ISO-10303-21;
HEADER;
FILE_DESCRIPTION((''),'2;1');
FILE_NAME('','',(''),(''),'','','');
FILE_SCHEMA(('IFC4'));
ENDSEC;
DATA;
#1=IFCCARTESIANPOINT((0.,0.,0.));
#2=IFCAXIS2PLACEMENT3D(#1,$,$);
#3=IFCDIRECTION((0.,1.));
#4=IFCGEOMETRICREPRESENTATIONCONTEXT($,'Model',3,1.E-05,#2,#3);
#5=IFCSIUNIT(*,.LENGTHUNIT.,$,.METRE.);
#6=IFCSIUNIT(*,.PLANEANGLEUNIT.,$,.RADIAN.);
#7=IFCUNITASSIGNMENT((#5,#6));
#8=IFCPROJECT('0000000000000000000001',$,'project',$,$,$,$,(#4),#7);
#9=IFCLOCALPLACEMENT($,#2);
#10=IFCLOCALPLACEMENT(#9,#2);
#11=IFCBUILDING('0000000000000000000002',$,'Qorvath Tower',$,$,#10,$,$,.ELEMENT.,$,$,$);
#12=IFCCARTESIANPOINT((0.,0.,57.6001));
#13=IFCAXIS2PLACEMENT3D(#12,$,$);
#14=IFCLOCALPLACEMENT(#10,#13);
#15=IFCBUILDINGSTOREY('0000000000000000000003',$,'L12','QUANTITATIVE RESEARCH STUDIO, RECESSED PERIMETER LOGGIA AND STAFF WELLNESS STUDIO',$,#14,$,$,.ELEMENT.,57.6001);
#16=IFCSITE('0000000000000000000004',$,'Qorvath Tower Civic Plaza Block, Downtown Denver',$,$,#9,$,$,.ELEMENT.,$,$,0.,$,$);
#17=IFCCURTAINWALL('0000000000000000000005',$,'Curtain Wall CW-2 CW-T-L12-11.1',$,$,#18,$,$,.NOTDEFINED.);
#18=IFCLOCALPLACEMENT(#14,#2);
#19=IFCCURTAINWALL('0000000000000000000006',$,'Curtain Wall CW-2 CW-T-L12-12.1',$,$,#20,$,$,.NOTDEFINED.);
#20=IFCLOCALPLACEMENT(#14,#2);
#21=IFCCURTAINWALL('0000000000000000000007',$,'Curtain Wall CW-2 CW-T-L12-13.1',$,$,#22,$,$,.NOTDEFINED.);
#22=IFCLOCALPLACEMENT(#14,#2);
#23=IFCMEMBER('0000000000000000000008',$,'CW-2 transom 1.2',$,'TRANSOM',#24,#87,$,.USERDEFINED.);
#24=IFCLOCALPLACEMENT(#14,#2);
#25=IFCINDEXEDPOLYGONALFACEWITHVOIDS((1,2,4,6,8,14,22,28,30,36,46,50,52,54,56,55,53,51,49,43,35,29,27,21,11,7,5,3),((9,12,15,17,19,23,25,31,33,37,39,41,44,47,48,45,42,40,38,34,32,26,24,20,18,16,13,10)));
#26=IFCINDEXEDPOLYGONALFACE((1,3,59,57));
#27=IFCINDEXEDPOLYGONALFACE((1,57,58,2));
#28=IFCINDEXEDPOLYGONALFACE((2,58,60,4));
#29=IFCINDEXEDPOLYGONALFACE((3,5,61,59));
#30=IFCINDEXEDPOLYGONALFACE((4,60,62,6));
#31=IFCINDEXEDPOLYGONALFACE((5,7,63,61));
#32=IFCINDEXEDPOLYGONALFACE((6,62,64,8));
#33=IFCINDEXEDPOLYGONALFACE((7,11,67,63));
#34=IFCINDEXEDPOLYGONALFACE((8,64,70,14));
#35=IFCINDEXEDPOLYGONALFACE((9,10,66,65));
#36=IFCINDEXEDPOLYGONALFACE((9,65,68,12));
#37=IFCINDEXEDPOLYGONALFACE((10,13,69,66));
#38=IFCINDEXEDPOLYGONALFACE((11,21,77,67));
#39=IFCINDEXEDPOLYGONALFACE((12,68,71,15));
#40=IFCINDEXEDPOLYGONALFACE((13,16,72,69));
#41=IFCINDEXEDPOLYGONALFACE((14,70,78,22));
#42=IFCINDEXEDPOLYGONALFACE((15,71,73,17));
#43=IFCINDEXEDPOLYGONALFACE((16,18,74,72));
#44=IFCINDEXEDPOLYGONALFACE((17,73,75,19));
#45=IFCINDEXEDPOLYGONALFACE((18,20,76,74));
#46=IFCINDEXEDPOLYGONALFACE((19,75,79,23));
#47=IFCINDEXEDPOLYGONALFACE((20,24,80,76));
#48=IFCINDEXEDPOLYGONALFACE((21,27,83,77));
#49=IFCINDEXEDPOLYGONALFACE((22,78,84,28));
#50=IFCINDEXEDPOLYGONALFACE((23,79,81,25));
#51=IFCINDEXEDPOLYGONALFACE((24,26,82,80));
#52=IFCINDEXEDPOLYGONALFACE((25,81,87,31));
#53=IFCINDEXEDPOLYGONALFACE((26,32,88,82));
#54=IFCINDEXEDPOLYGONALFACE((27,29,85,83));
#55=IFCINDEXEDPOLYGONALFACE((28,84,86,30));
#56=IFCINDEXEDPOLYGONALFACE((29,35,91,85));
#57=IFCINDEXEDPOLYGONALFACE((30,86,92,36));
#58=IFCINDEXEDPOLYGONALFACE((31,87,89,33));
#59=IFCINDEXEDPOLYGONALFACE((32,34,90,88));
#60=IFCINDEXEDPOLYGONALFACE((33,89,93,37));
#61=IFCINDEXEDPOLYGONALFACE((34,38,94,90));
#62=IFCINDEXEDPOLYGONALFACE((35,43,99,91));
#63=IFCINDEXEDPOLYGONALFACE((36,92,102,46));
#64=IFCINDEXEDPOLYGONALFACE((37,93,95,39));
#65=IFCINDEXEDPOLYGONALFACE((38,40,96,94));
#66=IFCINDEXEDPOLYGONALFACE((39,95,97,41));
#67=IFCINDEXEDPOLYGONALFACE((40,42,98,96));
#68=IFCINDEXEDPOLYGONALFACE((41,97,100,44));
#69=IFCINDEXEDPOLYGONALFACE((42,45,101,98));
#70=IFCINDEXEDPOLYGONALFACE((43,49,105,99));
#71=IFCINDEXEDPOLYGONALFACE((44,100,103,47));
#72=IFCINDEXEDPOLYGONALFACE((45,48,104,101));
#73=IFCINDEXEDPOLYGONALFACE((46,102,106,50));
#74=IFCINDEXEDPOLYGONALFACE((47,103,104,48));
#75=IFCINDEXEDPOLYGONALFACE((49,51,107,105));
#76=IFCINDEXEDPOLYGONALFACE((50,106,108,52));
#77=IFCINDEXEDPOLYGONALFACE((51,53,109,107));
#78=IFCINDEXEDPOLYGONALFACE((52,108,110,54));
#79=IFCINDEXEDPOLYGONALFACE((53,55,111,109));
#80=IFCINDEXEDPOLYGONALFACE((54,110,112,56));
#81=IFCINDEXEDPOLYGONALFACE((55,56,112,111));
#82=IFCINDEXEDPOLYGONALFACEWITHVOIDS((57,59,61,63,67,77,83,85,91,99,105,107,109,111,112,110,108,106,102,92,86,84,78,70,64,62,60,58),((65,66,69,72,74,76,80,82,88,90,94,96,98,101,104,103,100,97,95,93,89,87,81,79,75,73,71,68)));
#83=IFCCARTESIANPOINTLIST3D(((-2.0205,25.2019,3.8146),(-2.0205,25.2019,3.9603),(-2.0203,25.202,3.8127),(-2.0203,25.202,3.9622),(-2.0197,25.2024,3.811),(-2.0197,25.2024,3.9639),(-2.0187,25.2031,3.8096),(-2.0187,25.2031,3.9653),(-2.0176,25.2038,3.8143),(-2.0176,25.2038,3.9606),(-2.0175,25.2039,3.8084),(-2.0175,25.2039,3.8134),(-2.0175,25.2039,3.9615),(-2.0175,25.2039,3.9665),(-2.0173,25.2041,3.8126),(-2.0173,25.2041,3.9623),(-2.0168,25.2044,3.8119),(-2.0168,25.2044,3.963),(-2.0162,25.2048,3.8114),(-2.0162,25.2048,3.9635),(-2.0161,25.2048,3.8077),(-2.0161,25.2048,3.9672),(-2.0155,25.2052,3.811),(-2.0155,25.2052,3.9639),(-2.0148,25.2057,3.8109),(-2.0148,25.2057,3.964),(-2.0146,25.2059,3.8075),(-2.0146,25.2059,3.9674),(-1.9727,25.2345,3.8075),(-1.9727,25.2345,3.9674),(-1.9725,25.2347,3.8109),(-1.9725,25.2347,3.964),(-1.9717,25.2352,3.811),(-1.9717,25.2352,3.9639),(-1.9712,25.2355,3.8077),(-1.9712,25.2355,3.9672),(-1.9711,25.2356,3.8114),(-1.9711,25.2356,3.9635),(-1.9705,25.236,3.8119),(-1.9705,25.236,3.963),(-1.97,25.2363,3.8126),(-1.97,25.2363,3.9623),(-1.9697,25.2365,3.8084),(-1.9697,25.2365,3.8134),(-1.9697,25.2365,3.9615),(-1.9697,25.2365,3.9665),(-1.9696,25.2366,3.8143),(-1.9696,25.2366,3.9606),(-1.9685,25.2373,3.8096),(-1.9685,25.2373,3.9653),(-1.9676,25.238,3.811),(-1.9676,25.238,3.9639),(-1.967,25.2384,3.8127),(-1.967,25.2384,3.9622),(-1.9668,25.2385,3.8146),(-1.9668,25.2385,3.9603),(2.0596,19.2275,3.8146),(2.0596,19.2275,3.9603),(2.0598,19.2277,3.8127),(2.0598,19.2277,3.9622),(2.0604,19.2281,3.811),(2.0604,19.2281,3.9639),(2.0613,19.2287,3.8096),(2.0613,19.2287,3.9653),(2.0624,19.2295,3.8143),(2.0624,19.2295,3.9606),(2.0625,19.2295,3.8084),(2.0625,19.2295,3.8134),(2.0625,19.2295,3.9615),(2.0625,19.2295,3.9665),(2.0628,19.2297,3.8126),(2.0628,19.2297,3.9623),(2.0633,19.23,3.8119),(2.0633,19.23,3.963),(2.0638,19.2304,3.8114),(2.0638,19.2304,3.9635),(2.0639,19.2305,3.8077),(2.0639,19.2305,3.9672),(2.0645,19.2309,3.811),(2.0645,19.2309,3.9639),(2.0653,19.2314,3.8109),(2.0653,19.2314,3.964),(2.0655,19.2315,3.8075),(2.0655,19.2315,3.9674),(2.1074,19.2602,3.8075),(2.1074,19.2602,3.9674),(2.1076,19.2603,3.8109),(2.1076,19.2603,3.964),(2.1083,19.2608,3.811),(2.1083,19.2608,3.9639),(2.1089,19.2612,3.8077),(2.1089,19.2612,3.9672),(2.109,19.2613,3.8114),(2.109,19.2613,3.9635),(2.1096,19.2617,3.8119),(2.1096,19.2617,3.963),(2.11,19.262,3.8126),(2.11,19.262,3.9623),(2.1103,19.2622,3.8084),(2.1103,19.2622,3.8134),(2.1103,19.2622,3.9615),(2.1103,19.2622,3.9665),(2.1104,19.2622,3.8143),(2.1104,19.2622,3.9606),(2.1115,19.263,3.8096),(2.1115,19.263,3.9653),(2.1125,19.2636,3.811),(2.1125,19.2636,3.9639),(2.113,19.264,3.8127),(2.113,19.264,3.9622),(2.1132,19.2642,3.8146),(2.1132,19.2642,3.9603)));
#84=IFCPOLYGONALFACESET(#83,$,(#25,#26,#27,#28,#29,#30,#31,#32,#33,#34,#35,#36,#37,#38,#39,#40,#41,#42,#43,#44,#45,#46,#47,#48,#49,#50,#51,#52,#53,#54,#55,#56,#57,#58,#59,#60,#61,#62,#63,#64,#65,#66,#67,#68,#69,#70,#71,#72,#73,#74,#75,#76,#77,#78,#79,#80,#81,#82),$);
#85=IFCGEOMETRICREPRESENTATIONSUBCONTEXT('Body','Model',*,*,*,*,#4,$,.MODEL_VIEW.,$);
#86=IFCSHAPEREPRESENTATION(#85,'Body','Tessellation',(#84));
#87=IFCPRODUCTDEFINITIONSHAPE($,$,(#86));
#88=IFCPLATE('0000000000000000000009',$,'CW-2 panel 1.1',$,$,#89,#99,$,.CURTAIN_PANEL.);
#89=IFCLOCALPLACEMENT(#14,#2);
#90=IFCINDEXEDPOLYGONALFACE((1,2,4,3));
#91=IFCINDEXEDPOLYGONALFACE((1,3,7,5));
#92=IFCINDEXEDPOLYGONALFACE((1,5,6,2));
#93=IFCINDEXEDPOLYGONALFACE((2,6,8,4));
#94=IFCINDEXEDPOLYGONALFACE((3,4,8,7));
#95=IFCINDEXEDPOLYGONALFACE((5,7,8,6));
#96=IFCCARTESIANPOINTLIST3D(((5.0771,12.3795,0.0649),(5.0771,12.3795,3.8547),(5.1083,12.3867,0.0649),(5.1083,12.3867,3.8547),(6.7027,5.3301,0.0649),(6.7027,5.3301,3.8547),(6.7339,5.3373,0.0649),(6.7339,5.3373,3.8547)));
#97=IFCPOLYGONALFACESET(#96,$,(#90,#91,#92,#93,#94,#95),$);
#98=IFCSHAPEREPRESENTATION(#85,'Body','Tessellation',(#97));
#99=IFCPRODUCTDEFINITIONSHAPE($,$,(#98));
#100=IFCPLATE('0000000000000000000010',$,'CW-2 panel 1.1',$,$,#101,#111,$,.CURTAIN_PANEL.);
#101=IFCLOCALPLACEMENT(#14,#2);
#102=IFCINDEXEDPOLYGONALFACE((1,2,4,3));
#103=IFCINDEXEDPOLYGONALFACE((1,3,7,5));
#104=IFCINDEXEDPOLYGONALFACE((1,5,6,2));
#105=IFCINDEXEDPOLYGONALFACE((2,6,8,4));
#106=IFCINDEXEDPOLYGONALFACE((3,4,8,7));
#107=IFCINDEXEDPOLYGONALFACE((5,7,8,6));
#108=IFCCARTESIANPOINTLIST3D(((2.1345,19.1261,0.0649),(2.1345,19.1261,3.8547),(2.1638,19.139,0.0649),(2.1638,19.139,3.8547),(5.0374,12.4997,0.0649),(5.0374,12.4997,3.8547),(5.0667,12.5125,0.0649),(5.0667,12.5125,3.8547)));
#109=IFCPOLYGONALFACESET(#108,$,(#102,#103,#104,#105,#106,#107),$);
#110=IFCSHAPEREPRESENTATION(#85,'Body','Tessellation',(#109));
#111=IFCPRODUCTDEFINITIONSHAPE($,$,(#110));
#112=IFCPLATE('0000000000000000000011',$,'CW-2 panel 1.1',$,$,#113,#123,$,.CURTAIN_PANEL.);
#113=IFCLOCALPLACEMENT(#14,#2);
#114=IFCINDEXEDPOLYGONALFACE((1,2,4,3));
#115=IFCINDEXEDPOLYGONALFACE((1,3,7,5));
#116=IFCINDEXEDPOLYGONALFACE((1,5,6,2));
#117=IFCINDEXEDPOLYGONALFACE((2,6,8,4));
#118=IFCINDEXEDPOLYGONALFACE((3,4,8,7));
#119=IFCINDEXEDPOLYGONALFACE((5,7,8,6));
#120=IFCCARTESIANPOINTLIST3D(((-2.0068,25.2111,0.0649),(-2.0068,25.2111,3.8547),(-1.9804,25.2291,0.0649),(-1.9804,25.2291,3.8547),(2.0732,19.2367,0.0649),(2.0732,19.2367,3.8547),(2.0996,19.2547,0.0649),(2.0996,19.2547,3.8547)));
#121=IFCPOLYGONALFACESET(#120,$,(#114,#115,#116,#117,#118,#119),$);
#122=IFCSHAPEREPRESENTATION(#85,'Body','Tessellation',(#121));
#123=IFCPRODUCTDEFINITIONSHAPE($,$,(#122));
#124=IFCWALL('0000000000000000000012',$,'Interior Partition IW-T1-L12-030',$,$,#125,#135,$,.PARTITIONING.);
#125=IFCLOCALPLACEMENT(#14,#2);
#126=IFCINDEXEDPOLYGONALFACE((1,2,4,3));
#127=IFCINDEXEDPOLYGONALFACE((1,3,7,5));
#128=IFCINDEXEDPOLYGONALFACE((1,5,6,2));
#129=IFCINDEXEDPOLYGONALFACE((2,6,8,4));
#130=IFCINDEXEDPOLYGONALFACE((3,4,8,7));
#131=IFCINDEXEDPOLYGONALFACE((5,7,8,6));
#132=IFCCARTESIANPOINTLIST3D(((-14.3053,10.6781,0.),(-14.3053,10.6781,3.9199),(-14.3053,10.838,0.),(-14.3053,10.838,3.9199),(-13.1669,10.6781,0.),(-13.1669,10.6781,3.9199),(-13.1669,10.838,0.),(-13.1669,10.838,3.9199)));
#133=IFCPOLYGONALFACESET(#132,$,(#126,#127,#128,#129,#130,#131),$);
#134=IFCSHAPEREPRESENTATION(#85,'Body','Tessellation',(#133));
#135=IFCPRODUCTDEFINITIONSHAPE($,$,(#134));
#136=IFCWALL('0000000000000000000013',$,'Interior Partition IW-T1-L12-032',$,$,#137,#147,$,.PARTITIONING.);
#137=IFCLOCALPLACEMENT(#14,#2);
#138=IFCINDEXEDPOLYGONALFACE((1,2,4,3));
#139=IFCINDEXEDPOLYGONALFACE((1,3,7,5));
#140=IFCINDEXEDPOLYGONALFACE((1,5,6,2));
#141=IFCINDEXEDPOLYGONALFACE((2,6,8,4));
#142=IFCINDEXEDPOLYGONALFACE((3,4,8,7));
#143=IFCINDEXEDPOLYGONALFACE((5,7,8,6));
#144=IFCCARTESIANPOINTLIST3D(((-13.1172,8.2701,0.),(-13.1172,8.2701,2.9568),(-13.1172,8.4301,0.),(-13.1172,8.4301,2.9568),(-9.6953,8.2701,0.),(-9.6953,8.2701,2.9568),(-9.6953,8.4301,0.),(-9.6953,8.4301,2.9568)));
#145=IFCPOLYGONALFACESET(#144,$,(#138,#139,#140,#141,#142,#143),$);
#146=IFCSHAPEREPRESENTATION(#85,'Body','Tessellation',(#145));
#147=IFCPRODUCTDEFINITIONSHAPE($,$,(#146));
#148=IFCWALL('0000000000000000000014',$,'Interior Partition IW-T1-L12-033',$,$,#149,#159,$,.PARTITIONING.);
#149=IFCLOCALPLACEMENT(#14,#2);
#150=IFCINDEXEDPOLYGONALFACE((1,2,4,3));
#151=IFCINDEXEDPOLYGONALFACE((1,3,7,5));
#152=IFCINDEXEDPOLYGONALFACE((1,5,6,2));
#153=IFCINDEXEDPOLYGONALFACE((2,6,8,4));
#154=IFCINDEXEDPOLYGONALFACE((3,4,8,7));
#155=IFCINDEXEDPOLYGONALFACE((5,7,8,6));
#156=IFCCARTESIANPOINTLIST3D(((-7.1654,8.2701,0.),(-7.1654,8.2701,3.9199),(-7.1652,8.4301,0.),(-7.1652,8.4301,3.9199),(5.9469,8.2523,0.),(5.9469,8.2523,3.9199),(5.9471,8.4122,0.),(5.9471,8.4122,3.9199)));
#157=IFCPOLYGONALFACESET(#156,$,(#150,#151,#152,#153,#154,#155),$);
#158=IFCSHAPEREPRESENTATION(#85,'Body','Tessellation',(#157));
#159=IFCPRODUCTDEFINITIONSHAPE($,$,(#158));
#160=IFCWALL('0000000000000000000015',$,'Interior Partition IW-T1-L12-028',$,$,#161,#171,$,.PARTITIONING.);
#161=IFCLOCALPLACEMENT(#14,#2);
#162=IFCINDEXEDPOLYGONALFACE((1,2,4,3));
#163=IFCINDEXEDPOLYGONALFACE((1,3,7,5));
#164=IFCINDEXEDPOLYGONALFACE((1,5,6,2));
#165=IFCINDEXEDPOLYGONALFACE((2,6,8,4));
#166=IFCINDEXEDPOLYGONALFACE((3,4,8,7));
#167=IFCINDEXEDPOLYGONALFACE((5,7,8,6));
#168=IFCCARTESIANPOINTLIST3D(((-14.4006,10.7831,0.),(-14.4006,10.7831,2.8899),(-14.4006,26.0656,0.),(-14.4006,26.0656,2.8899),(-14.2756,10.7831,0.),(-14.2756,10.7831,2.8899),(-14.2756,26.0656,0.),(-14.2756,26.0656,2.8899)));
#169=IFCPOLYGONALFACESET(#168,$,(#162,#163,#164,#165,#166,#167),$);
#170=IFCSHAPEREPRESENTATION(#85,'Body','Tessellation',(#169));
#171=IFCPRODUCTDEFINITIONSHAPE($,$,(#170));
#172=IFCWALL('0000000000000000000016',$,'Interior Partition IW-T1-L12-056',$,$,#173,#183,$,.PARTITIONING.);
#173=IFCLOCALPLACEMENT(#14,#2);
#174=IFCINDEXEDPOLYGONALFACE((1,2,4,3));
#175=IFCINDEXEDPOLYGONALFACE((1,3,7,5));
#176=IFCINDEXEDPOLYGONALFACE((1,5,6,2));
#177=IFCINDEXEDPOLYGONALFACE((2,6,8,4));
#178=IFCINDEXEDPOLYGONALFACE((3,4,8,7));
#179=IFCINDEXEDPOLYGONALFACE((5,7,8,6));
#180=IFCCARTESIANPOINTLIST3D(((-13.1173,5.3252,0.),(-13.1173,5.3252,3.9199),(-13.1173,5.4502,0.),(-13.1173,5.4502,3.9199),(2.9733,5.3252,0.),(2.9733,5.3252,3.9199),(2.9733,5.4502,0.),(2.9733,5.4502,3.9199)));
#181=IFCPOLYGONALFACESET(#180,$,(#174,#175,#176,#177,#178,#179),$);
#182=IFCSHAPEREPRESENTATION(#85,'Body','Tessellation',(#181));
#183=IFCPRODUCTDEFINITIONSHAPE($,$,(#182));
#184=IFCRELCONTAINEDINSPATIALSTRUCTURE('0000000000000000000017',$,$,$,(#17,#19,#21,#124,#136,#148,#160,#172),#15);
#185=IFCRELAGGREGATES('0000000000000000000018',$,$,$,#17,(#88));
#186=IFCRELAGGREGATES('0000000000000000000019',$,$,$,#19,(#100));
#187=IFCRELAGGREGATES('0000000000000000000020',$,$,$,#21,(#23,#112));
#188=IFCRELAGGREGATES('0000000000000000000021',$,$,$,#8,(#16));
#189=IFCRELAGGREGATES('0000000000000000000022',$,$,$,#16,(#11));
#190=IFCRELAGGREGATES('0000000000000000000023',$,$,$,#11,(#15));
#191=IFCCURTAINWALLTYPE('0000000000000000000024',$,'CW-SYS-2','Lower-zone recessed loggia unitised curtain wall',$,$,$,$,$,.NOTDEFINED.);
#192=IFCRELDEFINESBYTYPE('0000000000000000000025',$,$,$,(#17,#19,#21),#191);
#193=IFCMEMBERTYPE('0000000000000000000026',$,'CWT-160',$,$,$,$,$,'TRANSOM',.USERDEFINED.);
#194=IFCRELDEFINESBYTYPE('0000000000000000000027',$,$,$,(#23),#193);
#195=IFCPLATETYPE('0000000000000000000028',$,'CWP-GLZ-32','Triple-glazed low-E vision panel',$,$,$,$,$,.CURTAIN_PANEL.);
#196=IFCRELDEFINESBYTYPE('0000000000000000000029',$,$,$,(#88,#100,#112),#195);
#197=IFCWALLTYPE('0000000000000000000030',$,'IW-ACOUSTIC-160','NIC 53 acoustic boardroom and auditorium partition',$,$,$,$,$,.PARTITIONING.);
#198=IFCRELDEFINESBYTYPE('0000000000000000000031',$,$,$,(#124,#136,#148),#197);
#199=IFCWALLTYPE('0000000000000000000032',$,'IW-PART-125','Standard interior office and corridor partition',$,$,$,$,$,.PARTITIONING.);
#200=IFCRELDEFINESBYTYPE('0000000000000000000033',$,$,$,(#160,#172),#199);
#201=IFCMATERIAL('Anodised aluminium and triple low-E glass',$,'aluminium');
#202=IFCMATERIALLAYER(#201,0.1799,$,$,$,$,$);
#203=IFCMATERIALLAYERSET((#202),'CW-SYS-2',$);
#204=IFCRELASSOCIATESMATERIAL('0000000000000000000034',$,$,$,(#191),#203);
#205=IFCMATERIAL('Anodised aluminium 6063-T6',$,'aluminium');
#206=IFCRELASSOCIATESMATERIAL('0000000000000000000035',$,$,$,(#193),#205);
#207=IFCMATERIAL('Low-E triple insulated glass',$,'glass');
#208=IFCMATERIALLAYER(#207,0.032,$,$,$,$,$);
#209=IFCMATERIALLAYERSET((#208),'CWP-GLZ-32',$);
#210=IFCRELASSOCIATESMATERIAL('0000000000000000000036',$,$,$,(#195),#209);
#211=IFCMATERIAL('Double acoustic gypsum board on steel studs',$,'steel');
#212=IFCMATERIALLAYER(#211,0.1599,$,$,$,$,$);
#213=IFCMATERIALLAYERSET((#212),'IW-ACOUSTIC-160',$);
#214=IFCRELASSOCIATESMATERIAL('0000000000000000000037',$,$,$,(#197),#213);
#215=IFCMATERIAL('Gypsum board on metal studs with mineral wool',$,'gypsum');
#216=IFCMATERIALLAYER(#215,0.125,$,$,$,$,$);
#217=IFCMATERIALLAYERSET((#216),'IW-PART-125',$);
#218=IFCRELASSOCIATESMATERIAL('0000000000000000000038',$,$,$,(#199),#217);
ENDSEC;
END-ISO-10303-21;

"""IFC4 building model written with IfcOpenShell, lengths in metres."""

from ifc_helpers import new_model, si_unit, direction, frame, frame_2d, origin, origin_2d, place, context, subcontext, project, spatial, rectangle, hollow_rectangle, extrude, material, layer, layer_set, material_profile, profile_set, type_object, element, aggregate, save


model = new_model("IFC4")

# Units and contexts
model_context = context("Model", 3, precision=1e-05, world=origin(), true_north=direction((0.0, 1.0)))
body_context = subcontext(model_context, "Body", "Model", "MODEL_VIEW")
ifc_project = project(units=[si_unit("LENGTHUNIT", "METRE"), si_unit("PLANEANGLEUNIT", "RADIAN")], contexts=[model_context])

# Site, building, storey
site_placement = place(None, origin())
site = spatial("IfcSite", under=ifc_project, at=site_placement, Name="Qorvath Tower Civic Plaza Block, Downtown Denver", CompositionType="ELEMENT", RefElevation=0.0)
building_placement = place(site_placement, origin())
building = spatial("IfcBuilding", under=site, at=building_placement, Name="Qorvath Tower", CompositionType="ELEMENT")
storey_placement = place(building_placement, frame((0.0, 0.0, 57.6001)))
storey = spatial("IfcBuildingStorey", under=building, at=storey_placement, Name="L12", Description="QUANTITATIVE RESEARCH STUDIO, RECESSED PERIMETER LOGGIA AND STAFF WELLNESS STUDIO", CompositionType="ELEMENT", Elevation=57.6001)

# Curtain wall
ifc_material_1 = material(Name="Anodised aluminium and triple low-E glass", Category="aluminium")
ifc_layer_1 = layer(ifc_material_1, 0.1799)
ifc_layer_set_1 = layer_set([ifc_layer_1], Name="CW-SYS-2")
curtain_wall_type = type_object("IfcCurtainWallType", Name="CW-SYS-2", Description="Lower-zone recessed loggia unitised curtain wall", PredefinedType="NOTDEFINED", material=ifc_layer_set_1)
curtain_wall_1_placement = place(storey_placement, origin())
curtain_wall_1 = element("IfcCurtainWall", 1, at=curtain_wall_1_placement, inside=storey, type_object=curtain_wall_type, Name="Curtain Wall CW-2 CW-T-L12-11.1", PredefinedType="NOTDEFINED")

# Curtain wall
curtain_wall_2_placement = place(storey_placement, origin())
curtain_wall_2 = element("IfcCurtainWall", 2, at=curtain_wall_2_placement, inside=storey, type_object=curtain_wall_type, Name="Curtain Wall CW-2 CW-T-L12-12.1", PredefinedType="NOTDEFINED")

# Curtain wall
curtain_wall_3_placement = place(storey_placement, origin())
curtain_wall_3 = element("IfcCurtainWall", 3, at=curtain_wall_3_placement, inside=storey, type_object=curtain_wall_type, Name="Curtain Wall CW-2 CW-T-L12-13.1", PredefinedType="NOTDEFINED")

# Member
ifc_material_2 = material(Name="Anodised aluminium 6063-T6", Category="aluminium")
ifc_material_profile_1 = material_profile(ifc_material_2, hollow_rectangle(XDim=0.0649, YDim=0.1599, WallThickness=0.0034, InnerFilletRadius=0.0034, OuterFilletRadius=0.0071, at=origin_2d()), Name="CWT 160x65")
ifc_profile_set_1 = profile_set([ifc_material_profile_1], Name="Anodised aluminium 6063-T6")
member_type_1 = type_object("IfcMemberType", Name="CWT-160", ElementType="TRANSOM", PredefinedType="USERDEFINED", material=ifc_profile_set_1)
member_1_placement = place(storey_placement, frame((2.0864, 19.2458, 3.8875), z_axis=(-0.563964, 0.825799, 0.0), x_axis=(-0.825799, -0.563964, 0.0)))
member_1 = element("IfcMember", 4, at=member_1_placement, type_object=member_type_1, Name="CW-2 transom 1.2", ObjectType="TRANSOM", PredefinedType="USERDEFINED", context=body_context, shape_type="SweptSolid", body=[
    extrude(hollow_rectangle(XDim=0.0649, YDim=0.1599, WallThickness=0.0034, InnerFilletRadius=0.0034, OuterFilletRadius=0.0071, at=origin_2d()), origin(), (0.0, 0.0, 1.0), 7.2346),
])

# Plates
ifc_material_3 = material(Name="Low-E triple insulated glass", Category="glass")
ifc_layer_2 = layer(ifc_material_3, 0.032)
ifc_layer_set_2 = layer_set([ifc_layer_2], Name="CWP-GLZ-32")
plate_type = type_object("IfcPlateType", Name="CWP-GLZ-32", Description="Triple-glazed low-E vision panel", PredefinedType="CURTAIN_PANEL", material=ifc_layer_set_2)
plate_1_placement = place(storey_placement, frame((5.9055, 8.8584, 0.0649), z_axis=(0.0, 0.0, 1.0), x_axis=(-0.224705, 0.974427, 0.0)))
plate_1 = element("IfcPlate", 5, at=plate_1_placement, type_object=plate_type, Name="CW-2 panel 1.1", PredefinedType="CURTAIN_PANEL", context=body_context, shape_type="SweptSolid", body=[
    extrude(rectangle(XDim=7.2344, YDim=0.032, at=origin_2d()), origin(), (0.0, 0.0, 1.0), 3.7898),
])
aggregate(curtain_wall_1, [plate_1])
plate_2_placement = place(storey_placement, frame((3.6006, 15.8193, 0.0649), z_axis=(0.0, 0.0, 1.0), x_axis=(-0.401263, 0.915963, 0.0)))
plate_2 = element("IfcPlate", 6, at=plate_2_placement, type_object=plate_type, Name="CW-2 panel 1.1", PredefinedType="CURTAIN_PANEL", context=body_context, shape_type="SweptSolid", body=[
    extrude(rectangle(XDim=7.2344, YDim=0.032, at=origin_2d()), origin(), (0.0, 0.0, 1.0), 3.7898),
])
aggregate(curtain_wall_2, [plate_2])
plate_3_placement = place(storey_placement, frame((0.0464, 22.2329, 0.0649), z_axis=(0.0, 0.0, 1.0), x_axis=(-0.56395, 0.825809, 0.0)))
plate_3 = element("IfcPlate", 7, at=plate_3_placement, type_object=plate_type, Name="CW-2 panel 1.1", PredefinedType="CURTAIN_PANEL", context=body_context, shape_type="SweptSolid", body=[
    extrude(rectangle(XDim=7.2346, YDim=0.032, at=origin_2d()), origin(), (0.0, 0.0, 1.0), 3.7898),
])
aggregate(curtain_wall_3, [member_1, plate_3])

# Wall
ifc_material_4 = material(Name="Double acoustic gypsum board on steel studs", Category="steel")
ifc_layer_3 = layer(ifc_material_4, 0.1599)
ifc_layer_set_3 = layer_set([ifc_layer_3], Name="IW-ACOUSTIC-160")
wall_type_1 = type_object("IfcWallType", Name="IW-ACOUSTIC-160", Description="NIC 53 acoustic boardroom and auditorium partition", PredefinedType="PARTITIONING", material=ifc_layer_set_3)
wall_1_placement = place(storey_placement, frame((-14.3054, 10.7581, 0.0), z_axis=(0.0, 0.0, 1.0), x_axis=(1.0, 0.0, 0.0)))
element("IfcWall", 8, at=wall_1_placement, inside=storey, type_object=wall_type_1, Name="Interior Partition IW-T1-L12-030", PredefinedType="PARTITIONING", context=body_context, shape_type="SweptSolid", body=[
    extrude(rectangle(XDim=1.1384, YDim=0.1599, at=frame_2d((0.5693, 0.0))), origin(), (0.0, 0.0, 1.0), 3.9199),
])

# Walls
wall_2_placement = place(storey_placement, frame((-13.1172, 8.3501, 0.0), z_axis=(0.0, 0.0, 1.0), x_axis=(1.0, 0.0, 0.0)))
element("IfcWall", 9, at=wall_2_placement, inside=storey, type_object=wall_type_1, Name="Interior Partition IW-T1-L12-032", PredefinedType="PARTITIONING", context=body_context, shape_type="SweptSolid", body=[
    extrude(rectangle(XDim=3.4219, YDim=0.1599, at=frame_2d((1.7109, 0.0))), origin(), (0.0, 0.0, 1.0), 2.9568),
])
wall_3_placement = place(storey_placement, frame((-7.1653, 8.3501, 0.0), z_axis=(0.0, 0.0, 1.0), x_axis=(0.999999, -0.001359, 0.0)))
element("IfcWall", 10, at=wall_3_placement, inside=storey, type_object=wall_type_1, Name="Interior Partition IW-T1-L12-033", PredefinedType="PARTITIONING", context=body_context, shape_type="SweptSolid", body=[
    extrude(rectangle(XDim=13.1123, YDim=0.1599, at=frame_2d((6.5562, 0.0))), origin(), (0.0, 0.0, 1.0), 3.9199),
])
ifc_material_5 = material(Name="Gypsum board on metal studs with mineral wool", Category="gypsum")
ifc_layer_4 = layer(ifc_material_5, 0.125)
ifc_layer_set_4 = layer_set([ifc_layer_4], Name="IW-PART-125")
wall_type_2 = type_object("IfcWallType", Name="IW-PART-125", Description="Standard interior office and corridor partition", PredefinedType="PARTITIONING", material=ifc_layer_set_4)
wall_4_placement = place(storey_placement, frame((-14.3381, 10.7832, 0.0), z_axis=(0.0, 0.0, 1.0), x_axis=(0.0, 1.0, 0.0)))
element("IfcWall", 11, at=wall_4_placement, inside=storey, type_object=wall_type_2, Name="Interior Partition IW-T1-L12-028", PredefinedType="PARTITIONING", context=body_context, shape_type="SweptSolid", body=[
    extrude(rectangle(XDim=15.2825, YDim=0.125, at=frame_2d((7.6411, 0.0))), origin(), (0.0, 0.0, 1.0), 2.8899),
])

# Wall
wall_5_placement = place(storey_placement, frame((2.9734, 5.3877, 0.0), z_axis=(0.0, 0.0, 1.0), x_axis=(-1.0, 0.0, 0.0)))
element("IfcWall", 12, at=wall_5_placement, inside=storey, type_object=wall_type_2, Name="Interior Partition IW-T1-L12-056", PredefinedType="PARTITIONING", context=body_context, shape_type="SweptSolid", body=[
    extrude(rectangle(XDim=16.0906, YDim=0.125, at=frame_2d((8.0454, 0.0))), origin(), (0.0, 0.0, 1.0), 3.9199),
])

save(model, "model.ifc")
